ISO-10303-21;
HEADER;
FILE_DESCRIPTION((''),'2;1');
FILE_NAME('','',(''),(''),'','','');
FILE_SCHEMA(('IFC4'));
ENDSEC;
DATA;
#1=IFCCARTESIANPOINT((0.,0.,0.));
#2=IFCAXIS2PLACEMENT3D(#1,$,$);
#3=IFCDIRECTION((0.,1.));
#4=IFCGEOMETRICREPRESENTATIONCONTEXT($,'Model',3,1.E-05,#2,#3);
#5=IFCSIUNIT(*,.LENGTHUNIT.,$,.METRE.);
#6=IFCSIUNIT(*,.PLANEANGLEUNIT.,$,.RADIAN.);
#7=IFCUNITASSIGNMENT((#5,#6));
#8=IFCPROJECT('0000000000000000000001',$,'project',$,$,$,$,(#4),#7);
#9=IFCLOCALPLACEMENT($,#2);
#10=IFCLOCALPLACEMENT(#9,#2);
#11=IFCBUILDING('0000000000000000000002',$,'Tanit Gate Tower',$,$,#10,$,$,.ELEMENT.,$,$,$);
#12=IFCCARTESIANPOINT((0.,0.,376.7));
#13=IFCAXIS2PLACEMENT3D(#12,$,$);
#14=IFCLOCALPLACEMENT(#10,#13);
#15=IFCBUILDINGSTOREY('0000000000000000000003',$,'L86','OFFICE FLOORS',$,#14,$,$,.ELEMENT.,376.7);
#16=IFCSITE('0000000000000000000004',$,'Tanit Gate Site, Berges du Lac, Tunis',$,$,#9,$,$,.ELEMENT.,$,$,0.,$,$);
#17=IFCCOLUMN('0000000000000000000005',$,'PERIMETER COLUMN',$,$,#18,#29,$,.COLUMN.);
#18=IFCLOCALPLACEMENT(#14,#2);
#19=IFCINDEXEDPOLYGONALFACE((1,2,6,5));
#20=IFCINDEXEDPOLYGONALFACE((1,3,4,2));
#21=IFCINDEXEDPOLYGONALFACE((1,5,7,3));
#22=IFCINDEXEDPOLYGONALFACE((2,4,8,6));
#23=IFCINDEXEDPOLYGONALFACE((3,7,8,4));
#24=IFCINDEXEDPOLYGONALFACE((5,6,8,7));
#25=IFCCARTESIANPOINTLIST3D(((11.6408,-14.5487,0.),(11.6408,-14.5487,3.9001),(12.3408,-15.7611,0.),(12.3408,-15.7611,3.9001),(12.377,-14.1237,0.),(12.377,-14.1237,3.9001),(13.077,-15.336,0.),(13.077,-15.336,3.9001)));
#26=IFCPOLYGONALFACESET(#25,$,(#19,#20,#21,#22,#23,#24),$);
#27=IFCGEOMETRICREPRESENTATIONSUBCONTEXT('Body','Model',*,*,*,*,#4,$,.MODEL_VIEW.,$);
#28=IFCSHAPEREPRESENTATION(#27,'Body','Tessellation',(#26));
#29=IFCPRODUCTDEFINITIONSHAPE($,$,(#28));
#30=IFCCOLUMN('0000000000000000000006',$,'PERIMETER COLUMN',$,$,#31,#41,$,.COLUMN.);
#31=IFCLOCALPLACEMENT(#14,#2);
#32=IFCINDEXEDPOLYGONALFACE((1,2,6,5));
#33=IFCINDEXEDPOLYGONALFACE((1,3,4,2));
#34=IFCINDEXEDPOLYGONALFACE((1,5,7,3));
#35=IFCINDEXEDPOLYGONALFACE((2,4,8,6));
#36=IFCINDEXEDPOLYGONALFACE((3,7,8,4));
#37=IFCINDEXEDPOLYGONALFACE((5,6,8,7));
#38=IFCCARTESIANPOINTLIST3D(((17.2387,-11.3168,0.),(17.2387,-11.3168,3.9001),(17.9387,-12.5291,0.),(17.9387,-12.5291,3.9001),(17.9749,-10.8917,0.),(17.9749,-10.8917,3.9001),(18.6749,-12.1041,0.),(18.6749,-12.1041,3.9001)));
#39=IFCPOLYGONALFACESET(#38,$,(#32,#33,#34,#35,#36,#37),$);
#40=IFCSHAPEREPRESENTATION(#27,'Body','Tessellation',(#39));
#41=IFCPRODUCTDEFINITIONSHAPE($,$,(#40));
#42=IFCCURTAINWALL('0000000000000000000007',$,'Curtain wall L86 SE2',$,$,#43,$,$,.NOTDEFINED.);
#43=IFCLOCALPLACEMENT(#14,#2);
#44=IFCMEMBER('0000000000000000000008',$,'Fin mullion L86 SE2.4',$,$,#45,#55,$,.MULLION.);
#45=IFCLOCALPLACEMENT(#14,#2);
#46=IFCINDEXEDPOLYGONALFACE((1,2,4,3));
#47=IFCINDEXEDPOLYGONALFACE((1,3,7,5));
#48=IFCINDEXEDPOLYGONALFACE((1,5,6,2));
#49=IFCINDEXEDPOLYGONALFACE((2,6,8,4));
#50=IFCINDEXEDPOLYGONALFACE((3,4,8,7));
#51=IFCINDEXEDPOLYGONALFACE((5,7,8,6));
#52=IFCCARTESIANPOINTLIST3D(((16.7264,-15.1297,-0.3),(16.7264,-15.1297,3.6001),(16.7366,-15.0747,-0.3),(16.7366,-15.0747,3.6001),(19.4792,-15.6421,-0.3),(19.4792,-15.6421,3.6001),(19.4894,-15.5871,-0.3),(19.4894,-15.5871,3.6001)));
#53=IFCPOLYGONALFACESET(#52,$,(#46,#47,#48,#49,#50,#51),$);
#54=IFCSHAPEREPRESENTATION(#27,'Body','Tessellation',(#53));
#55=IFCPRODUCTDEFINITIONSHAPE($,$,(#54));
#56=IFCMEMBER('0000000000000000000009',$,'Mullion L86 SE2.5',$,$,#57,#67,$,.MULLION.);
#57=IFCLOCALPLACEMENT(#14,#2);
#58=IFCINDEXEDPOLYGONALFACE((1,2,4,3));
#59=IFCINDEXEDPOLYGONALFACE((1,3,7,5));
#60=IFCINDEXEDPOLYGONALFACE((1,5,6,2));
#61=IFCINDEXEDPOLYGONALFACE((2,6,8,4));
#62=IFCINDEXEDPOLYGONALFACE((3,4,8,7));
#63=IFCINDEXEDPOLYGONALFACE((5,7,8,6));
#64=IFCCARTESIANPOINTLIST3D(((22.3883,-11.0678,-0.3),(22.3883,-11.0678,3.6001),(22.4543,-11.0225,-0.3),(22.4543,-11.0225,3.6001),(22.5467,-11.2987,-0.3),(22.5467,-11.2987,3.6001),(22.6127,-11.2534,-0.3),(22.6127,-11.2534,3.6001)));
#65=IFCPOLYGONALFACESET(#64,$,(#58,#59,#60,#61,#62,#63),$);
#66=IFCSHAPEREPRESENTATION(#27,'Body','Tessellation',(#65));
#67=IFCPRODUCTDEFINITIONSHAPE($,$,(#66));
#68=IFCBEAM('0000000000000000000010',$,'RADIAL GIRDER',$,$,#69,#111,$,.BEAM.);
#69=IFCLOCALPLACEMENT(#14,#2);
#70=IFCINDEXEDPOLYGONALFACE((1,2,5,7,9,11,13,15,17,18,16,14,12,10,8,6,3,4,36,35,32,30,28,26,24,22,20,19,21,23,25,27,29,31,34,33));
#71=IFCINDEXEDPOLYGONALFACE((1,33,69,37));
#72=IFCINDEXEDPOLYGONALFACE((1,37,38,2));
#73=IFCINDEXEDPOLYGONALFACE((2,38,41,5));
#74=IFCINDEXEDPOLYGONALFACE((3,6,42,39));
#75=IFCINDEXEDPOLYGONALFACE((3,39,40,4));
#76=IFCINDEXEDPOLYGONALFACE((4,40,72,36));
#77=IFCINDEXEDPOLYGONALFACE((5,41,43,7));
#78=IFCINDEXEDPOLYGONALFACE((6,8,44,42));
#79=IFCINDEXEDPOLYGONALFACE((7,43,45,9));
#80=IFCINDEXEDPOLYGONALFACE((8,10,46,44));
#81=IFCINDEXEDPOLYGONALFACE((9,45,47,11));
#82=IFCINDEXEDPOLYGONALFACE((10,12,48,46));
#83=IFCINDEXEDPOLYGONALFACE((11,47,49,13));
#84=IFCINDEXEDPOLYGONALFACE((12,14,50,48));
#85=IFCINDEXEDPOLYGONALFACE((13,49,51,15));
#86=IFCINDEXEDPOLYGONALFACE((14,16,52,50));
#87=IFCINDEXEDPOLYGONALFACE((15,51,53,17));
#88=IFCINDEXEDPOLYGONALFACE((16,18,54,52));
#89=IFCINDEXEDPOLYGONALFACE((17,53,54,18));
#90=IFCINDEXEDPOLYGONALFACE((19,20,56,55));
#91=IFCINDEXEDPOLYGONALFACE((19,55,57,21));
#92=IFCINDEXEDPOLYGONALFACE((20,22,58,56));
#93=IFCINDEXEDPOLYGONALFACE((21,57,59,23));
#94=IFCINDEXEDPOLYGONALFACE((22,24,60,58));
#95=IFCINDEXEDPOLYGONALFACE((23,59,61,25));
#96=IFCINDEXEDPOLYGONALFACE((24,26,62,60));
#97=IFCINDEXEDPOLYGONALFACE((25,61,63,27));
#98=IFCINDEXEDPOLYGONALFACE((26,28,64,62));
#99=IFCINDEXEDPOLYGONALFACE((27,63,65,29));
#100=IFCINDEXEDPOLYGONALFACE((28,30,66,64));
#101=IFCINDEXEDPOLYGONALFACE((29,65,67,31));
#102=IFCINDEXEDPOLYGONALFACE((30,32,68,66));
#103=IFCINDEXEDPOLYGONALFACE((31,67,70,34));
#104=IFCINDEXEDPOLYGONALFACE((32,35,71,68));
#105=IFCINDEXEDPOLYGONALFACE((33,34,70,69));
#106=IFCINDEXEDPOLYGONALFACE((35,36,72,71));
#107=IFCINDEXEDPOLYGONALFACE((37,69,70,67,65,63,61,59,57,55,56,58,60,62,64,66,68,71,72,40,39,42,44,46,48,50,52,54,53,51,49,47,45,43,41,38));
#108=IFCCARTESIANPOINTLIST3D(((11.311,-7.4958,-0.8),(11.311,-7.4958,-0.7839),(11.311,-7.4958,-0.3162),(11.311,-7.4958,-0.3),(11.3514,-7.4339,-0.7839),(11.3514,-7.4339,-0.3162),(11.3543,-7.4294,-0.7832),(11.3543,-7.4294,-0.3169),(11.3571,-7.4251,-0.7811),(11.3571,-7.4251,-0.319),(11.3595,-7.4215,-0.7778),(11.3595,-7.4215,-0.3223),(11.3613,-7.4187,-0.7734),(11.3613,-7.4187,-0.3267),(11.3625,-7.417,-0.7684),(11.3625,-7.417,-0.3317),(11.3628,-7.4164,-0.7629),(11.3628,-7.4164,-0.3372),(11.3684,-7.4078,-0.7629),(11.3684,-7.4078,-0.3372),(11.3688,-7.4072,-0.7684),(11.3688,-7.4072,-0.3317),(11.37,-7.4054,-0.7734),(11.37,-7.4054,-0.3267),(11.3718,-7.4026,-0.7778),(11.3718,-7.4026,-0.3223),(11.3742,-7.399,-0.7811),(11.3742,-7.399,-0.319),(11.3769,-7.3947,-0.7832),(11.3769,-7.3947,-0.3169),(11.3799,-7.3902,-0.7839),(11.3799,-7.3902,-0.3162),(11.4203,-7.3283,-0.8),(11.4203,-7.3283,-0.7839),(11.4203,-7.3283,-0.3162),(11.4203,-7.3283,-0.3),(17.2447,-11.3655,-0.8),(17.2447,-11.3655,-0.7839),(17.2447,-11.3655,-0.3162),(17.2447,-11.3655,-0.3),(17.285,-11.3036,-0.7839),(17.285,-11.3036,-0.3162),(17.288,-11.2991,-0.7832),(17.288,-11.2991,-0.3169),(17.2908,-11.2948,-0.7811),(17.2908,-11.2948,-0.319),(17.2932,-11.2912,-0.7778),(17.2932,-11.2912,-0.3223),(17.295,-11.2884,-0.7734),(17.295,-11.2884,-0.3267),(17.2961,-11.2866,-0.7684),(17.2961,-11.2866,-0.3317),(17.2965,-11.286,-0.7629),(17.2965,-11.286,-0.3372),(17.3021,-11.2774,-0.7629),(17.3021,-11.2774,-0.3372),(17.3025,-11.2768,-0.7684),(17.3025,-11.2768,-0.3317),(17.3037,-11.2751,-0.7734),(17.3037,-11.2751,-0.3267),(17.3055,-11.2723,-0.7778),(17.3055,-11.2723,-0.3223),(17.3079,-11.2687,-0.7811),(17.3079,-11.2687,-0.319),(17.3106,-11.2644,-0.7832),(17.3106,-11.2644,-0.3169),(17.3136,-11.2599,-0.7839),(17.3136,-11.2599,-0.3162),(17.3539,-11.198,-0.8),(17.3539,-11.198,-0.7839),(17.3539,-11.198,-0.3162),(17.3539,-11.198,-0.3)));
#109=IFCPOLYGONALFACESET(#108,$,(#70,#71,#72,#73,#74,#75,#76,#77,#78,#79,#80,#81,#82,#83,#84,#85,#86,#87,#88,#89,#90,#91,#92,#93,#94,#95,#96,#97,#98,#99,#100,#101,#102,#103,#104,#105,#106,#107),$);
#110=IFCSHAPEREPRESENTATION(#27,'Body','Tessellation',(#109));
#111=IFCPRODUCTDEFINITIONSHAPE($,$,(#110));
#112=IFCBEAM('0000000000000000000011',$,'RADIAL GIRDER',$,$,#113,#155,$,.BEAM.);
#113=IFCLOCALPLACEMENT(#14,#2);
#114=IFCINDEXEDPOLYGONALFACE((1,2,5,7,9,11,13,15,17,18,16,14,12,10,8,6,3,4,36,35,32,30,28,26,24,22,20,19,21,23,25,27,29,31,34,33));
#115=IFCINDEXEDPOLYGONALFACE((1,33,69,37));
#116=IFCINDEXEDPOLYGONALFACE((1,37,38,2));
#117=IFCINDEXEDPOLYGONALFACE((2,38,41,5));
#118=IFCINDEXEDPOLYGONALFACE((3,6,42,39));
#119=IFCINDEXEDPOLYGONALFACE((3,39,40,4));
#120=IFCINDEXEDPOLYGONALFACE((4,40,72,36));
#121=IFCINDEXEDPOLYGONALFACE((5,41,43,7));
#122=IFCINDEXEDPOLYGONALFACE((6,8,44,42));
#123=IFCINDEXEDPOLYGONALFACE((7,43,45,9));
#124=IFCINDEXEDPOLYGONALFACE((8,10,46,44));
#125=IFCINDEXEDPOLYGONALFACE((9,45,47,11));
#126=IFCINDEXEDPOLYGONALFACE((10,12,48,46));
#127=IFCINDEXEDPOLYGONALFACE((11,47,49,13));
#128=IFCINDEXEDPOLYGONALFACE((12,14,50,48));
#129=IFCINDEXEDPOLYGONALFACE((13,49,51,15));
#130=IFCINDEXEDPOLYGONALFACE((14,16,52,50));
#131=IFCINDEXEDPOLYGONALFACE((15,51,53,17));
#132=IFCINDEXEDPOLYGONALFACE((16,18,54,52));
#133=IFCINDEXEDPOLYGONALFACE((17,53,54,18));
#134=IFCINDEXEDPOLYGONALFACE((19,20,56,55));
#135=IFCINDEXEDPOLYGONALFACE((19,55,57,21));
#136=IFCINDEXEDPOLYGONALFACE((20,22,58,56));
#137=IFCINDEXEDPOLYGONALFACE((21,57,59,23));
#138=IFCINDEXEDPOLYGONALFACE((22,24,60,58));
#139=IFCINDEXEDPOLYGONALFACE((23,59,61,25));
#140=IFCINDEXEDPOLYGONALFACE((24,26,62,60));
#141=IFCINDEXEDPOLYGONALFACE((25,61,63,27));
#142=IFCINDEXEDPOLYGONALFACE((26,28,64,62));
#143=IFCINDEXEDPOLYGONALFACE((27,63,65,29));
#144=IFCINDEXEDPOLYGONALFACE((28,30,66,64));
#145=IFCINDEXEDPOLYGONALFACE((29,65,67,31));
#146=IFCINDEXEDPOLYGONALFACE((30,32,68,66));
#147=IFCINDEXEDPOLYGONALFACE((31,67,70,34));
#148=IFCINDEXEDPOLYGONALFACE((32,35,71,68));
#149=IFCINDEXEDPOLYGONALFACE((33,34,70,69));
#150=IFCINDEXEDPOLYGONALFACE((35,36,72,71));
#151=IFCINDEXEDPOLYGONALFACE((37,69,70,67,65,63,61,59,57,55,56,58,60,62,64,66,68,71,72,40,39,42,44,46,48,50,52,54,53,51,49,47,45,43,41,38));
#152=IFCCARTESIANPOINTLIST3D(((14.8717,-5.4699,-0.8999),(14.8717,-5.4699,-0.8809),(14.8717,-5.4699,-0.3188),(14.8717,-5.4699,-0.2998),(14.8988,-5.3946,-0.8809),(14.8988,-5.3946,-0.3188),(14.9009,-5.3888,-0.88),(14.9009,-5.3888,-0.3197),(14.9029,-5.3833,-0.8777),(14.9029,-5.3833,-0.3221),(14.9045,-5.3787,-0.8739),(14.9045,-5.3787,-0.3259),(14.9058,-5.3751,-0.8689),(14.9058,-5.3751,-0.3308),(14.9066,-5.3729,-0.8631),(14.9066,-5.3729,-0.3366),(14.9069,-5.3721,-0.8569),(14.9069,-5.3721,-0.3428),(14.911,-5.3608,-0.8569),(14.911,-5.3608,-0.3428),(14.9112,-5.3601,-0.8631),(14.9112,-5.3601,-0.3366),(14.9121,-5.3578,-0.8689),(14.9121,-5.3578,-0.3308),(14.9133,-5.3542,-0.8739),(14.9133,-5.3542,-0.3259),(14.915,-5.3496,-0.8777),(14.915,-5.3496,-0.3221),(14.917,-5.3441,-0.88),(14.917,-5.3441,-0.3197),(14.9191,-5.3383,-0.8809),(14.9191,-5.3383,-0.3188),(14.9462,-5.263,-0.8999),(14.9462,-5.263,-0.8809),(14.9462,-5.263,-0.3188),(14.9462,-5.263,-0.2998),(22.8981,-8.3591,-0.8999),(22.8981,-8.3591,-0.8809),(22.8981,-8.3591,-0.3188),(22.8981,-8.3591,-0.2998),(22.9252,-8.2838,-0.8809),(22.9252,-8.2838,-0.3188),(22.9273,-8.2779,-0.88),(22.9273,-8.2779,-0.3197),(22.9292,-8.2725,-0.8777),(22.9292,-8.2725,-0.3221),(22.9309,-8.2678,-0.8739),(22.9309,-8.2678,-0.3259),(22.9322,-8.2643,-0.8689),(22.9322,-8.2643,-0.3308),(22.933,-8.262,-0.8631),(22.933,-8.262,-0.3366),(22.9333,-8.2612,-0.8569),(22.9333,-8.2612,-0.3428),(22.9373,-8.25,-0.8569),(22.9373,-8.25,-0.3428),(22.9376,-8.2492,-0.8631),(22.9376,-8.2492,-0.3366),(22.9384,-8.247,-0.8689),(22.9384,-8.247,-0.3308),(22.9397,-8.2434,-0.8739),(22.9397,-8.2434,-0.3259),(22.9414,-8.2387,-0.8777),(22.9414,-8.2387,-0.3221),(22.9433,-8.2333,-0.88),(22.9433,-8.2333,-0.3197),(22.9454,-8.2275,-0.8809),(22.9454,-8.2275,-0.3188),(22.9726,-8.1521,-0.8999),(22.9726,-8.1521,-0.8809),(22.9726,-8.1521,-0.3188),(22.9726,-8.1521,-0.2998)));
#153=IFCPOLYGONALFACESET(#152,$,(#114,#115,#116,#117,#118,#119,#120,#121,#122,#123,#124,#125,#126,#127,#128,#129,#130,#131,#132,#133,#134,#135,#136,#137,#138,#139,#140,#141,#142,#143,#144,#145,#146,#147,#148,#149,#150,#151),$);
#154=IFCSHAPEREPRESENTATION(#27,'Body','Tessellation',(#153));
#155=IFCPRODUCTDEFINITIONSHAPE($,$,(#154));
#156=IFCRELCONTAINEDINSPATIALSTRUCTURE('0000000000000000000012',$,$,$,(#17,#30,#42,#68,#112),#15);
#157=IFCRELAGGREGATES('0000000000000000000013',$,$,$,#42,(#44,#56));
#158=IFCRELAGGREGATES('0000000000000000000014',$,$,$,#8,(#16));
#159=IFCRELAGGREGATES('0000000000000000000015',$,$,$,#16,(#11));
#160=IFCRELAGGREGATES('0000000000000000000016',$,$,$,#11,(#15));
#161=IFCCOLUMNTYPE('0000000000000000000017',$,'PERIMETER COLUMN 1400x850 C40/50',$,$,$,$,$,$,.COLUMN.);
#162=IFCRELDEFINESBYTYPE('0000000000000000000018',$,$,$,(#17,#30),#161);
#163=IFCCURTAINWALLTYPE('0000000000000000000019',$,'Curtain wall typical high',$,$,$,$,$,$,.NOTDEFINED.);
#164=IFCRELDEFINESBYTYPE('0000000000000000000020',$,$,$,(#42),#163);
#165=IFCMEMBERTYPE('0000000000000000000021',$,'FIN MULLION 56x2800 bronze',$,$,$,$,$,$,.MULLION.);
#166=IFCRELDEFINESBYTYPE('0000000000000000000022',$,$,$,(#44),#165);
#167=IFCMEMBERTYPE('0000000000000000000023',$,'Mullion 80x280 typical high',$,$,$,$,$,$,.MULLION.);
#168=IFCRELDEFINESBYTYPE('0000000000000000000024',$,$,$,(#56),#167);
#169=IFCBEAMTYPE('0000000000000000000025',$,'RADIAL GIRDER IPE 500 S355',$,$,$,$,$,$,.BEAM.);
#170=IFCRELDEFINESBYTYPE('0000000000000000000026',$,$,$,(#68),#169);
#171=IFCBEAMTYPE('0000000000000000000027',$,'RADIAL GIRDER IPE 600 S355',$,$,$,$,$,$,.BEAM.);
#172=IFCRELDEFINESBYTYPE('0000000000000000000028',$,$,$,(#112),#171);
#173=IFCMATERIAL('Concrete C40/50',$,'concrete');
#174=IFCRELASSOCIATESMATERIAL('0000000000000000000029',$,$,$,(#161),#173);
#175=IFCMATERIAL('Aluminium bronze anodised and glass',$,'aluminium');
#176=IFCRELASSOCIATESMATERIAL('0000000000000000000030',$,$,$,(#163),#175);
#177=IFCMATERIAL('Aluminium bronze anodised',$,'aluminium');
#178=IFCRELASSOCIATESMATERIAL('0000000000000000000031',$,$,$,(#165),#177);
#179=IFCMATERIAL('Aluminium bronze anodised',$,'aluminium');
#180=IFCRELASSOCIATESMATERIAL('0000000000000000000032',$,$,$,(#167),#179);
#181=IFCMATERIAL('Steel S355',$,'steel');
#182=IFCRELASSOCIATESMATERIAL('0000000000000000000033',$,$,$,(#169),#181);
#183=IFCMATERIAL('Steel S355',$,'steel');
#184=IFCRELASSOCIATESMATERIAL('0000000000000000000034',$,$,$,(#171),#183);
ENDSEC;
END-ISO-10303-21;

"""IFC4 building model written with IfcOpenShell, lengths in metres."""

from ifc_helpers import new_model, si_unit, direction, frame, origin, origin_2d, place, context, subcontext, project, spatial, rectangle, i_section, extrude, material, material_profile, profile_set, type_object, element, aggregate, save


model = new_model("IFC4")

# Units and contexts
model_context = context("Model", 3, precision=1e-05, world=origin(), true_north=direction((0.0, 1.0)))
body_context = subcontext(model_context, "Body", "Model", "MODEL_VIEW")
ifc_project = project(units=[si_unit("LENGTHUNIT", "METRE"), si_unit("PLANEANGLEUNIT", "RADIAN")], contexts=[model_context])

# Site, building, storey
site_placement = place(None, origin())
site = spatial("IfcSite", under=ifc_project, at=site_placement, Name="Tanit Gate Site, Berges du Lac, Tunis", CompositionType="ELEMENT", RefElevation=0.0)
building_placement = place(site_placement, origin())
building = spatial("IfcBuilding", under=site, at=building_placement, Name="Tanit Gate Tower", CompositionType="ELEMENT")
storey_placement = place(building_placement, frame((0.0, 0.0, 376.7)))
storey = spatial("IfcBuildingStorey", under=building, at=storey_placement, Name="L86", Description="OFFICE FLOORS", CompositionType="ELEMENT", Elevation=376.7)

# Columns
ifc_material_1 = material(Name="Concrete C40/50", Category="concrete")
ifc_material_profile_1 = material_profile(ifc_material_1, rectangle(XDim=1.3999, YDim=0.8501, at=origin_2d()), Name="RC 1400x850")
ifc_profile_set_1 = profile_set([ifc_material_profile_1], Name="Concrete C40/50")
column_type = type_object("IfcColumnType", Name="PERIMETER COLUMN 1400x850 C40/50", PredefinedType="COLUMN", material=ifc_profile_set_1)
for number, where, z_axis, x_axis, name in (
    (1, (12.3589, -14.9424, 0.0), (0.0, 0.0, 1.0), (0.5, -0.866025, 0.0), "PERIMETER COLUMN"),
    (2, (17.9568, -11.7104, 0.0), (0.0, 0.0, 1.0), (0.5, -0.866025, 0.0), "PERIMETER COLUMN"),
):
    element("IfcColumn", number, at=place(storey_placement, frame(where, z_axis=z_axis, x_axis=x_axis)), inside=storey, type_object=column_type, Name=name, PredefinedType="COLUMN", context=body_context, shape_type="SweptSolid", body=[
        extrude(rectangle(XDim=1.3999, YDim=0.8501, at=origin_2d()), origin(), (0.0, 0.0, 1.0), 3.9001),
    ])

# Curtain wall, members
ifc_material_2 = material(Name="Aluminium bronze anodised and glass", Category="aluminium")
curtain_wall_type = type_object("IfcCurtainWallType", Name="Curtain wall typical high", PredefinedType="NOTDEFINED", material=ifc_material_2)
curtain_wall_1_placement = place(storey_placement, origin())
curtain_wall_1 = element("IfcCurtainWall", 3, at=curtain_wall_1_placement, inside=storey, type_object=curtain_wall_type, Name="Curtain wall L86 SE2", PredefinedType="NOTDEFINED")
ifc_material_3 = material(Name="Aluminium bronze anodised", Category="aluminium")
ifc_material_profile_2 = material_profile(ifc_material_3, rectangle(XDim=2.8, YDim=0.0559, at=origin_2d()), Name="56x2800 bronze fin mullion")
ifc_profile_set_2 = profile_set([ifc_material_profile_2], Name="Aluminium bronze anodised")
member_type_1 = type_object("IfcMemberType", Name="FIN MULLION 56x2800 bronze", PredefinedType="MULLION", material=ifc_profile_set_2)
member_1_placement = place(storey_placement, frame((18.1079, -15.3584, -0.3), z_axis=(0.0, 0.0, 1.0), x_axis=(-0.983116, 0.182983, 0.0)))
member_1 = element("IfcMember", 4, at=member_1_placement, type_object=member_type_1, Name="Fin mullion L86 SE2.4", PredefinedType="MULLION", context=body_context, shape_type="SweptSolid", body=[
    extrude(rectangle(XDim=2.8, YDim=0.0559, at=origin_2d()), origin(), (0.0, 0.0, 1.0), 3.9001),
])
ifc_material_4 = material(Name="Aluminium bronze anodised", Category="aluminium")
ifc_material_profile_3 = material_profile(ifc_material_4, rectangle(XDim=0.28, YDim=0.0801, at=origin_2d()), Name="80x280 bronze mullion")
ifc_profile_set_3 = profile_set([ifc_material_profile_3], Name="Aluminium bronze anodised")
member_type_2 = type_object("IfcMemberType", Name="Mullion 80x280 typical high", PredefinedType="MULLION", material=ifc_profile_set_3)
member_2_placement = place(storey_placement, frame((22.5005, -11.1606, -0.3), z_axis=(0.0, 0.0, 1.0), x_axis=(-0.56578, 0.824557, 0.0)))
member_2 = element("IfcMember", 5, at=member_2_placement, type_object=member_type_2, Name="Mullion L86 SE2.5", PredefinedType="MULLION", context=body_context, shape_type="SweptSolid", body=[
    extrude(rectangle(XDim=0.28, YDim=0.0801, at=origin_2d()), origin(), (0.0, 0.0, 1.0), 3.9001),
])

# Beams
ifc_material_5 = material(Name="Steel S355", Category="steel")
ifc_material_profile_4 = material_profile(ifc_material_5, i_section(OverallWidth=0.2, OverallDepth=0.5, WebThickness=0.0103, FlangeThickness=0.0161, FilletRadius=0.021, at=origin_2d()), Name="IPE 500")
ifc_profile_set_4 = profile_set([ifc_material_profile_4], Name="Steel S355")
beam_type_1 = type_object("IfcBeamType", Name="RADIAL GIRDER IPE 500 S355", PredefinedType="BEAM", material=ifc_profile_set_4)
beam_1_placement = place(storey_placement, frame((17.2993, -11.2817, -0.55), z_axis=(-0.837617, 0.546257, 0.0), x_axis=(-0.546257, -0.837617, 0.0)))
element("IfcBeam", 6, at=beam_1_placement, inside=storey, type_object=beam_type_1, Name="RADIAL GIRDER", PredefinedType="BEAM", context=body_context, shape_type="SweptSolid", body=[
    extrude(i_section(OverallWidth=0.2, OverallDepth=0.5, WebThickness=0.0103, FlangeThickness=0.0161, FilletRadius=0.021, at=origin_2d()), origin(), (0.0, 0.0, 1.0), 7.084),
])
ifc_material_6 = material(Name="Steel S355", Category="steel")
ifc_material_profile_5 = material_profile(ifc_material_6, i_section(OverallWidth=0.22, OverallDepth=0.6001, WebThickness=0.012, FlangeThickness=0.019, FilletRadius=0.0239, at=origin_2d()), Name="IPE 600")
ifc_profile_set_5 = profile_set([ifc_material_profile_5], Name="Steel S355")
beam_type_2 = type_object("IfcBeamType", Name="RADIAL GIRDER IPE 600 S355", PredefinedType="BEAM", material=ifc_profile_set_5)
beam_2_placement = place(storey_placement, frame((22.9353, -8.2556, -0.5999), z_axis=(-0.9409, 0.338685, 0.0), x_axis=(-0.338685, -0.9409, 0.0)))
element("IfcBeam", 7, at=beam_2_placement, inside=storey, type_object=beam_type_2, Name="RADIAL GIRDER", PredefinedType="BEAM", context=body_context, shape_type="SweptSolid", body=[
    extrude(i_section(OverallWidth=0.22, OverallDepth=0.6001, WebThickness=0.012, FlangeThickness=0.019, FilletRadius=0.0239, at=origin_2d()), origin(), (0.0, 0.0, 1.0), 8.5305),
])

aggregate(curtain_wall_1, [member_1, member_2])

save(model, "model.ifc")
